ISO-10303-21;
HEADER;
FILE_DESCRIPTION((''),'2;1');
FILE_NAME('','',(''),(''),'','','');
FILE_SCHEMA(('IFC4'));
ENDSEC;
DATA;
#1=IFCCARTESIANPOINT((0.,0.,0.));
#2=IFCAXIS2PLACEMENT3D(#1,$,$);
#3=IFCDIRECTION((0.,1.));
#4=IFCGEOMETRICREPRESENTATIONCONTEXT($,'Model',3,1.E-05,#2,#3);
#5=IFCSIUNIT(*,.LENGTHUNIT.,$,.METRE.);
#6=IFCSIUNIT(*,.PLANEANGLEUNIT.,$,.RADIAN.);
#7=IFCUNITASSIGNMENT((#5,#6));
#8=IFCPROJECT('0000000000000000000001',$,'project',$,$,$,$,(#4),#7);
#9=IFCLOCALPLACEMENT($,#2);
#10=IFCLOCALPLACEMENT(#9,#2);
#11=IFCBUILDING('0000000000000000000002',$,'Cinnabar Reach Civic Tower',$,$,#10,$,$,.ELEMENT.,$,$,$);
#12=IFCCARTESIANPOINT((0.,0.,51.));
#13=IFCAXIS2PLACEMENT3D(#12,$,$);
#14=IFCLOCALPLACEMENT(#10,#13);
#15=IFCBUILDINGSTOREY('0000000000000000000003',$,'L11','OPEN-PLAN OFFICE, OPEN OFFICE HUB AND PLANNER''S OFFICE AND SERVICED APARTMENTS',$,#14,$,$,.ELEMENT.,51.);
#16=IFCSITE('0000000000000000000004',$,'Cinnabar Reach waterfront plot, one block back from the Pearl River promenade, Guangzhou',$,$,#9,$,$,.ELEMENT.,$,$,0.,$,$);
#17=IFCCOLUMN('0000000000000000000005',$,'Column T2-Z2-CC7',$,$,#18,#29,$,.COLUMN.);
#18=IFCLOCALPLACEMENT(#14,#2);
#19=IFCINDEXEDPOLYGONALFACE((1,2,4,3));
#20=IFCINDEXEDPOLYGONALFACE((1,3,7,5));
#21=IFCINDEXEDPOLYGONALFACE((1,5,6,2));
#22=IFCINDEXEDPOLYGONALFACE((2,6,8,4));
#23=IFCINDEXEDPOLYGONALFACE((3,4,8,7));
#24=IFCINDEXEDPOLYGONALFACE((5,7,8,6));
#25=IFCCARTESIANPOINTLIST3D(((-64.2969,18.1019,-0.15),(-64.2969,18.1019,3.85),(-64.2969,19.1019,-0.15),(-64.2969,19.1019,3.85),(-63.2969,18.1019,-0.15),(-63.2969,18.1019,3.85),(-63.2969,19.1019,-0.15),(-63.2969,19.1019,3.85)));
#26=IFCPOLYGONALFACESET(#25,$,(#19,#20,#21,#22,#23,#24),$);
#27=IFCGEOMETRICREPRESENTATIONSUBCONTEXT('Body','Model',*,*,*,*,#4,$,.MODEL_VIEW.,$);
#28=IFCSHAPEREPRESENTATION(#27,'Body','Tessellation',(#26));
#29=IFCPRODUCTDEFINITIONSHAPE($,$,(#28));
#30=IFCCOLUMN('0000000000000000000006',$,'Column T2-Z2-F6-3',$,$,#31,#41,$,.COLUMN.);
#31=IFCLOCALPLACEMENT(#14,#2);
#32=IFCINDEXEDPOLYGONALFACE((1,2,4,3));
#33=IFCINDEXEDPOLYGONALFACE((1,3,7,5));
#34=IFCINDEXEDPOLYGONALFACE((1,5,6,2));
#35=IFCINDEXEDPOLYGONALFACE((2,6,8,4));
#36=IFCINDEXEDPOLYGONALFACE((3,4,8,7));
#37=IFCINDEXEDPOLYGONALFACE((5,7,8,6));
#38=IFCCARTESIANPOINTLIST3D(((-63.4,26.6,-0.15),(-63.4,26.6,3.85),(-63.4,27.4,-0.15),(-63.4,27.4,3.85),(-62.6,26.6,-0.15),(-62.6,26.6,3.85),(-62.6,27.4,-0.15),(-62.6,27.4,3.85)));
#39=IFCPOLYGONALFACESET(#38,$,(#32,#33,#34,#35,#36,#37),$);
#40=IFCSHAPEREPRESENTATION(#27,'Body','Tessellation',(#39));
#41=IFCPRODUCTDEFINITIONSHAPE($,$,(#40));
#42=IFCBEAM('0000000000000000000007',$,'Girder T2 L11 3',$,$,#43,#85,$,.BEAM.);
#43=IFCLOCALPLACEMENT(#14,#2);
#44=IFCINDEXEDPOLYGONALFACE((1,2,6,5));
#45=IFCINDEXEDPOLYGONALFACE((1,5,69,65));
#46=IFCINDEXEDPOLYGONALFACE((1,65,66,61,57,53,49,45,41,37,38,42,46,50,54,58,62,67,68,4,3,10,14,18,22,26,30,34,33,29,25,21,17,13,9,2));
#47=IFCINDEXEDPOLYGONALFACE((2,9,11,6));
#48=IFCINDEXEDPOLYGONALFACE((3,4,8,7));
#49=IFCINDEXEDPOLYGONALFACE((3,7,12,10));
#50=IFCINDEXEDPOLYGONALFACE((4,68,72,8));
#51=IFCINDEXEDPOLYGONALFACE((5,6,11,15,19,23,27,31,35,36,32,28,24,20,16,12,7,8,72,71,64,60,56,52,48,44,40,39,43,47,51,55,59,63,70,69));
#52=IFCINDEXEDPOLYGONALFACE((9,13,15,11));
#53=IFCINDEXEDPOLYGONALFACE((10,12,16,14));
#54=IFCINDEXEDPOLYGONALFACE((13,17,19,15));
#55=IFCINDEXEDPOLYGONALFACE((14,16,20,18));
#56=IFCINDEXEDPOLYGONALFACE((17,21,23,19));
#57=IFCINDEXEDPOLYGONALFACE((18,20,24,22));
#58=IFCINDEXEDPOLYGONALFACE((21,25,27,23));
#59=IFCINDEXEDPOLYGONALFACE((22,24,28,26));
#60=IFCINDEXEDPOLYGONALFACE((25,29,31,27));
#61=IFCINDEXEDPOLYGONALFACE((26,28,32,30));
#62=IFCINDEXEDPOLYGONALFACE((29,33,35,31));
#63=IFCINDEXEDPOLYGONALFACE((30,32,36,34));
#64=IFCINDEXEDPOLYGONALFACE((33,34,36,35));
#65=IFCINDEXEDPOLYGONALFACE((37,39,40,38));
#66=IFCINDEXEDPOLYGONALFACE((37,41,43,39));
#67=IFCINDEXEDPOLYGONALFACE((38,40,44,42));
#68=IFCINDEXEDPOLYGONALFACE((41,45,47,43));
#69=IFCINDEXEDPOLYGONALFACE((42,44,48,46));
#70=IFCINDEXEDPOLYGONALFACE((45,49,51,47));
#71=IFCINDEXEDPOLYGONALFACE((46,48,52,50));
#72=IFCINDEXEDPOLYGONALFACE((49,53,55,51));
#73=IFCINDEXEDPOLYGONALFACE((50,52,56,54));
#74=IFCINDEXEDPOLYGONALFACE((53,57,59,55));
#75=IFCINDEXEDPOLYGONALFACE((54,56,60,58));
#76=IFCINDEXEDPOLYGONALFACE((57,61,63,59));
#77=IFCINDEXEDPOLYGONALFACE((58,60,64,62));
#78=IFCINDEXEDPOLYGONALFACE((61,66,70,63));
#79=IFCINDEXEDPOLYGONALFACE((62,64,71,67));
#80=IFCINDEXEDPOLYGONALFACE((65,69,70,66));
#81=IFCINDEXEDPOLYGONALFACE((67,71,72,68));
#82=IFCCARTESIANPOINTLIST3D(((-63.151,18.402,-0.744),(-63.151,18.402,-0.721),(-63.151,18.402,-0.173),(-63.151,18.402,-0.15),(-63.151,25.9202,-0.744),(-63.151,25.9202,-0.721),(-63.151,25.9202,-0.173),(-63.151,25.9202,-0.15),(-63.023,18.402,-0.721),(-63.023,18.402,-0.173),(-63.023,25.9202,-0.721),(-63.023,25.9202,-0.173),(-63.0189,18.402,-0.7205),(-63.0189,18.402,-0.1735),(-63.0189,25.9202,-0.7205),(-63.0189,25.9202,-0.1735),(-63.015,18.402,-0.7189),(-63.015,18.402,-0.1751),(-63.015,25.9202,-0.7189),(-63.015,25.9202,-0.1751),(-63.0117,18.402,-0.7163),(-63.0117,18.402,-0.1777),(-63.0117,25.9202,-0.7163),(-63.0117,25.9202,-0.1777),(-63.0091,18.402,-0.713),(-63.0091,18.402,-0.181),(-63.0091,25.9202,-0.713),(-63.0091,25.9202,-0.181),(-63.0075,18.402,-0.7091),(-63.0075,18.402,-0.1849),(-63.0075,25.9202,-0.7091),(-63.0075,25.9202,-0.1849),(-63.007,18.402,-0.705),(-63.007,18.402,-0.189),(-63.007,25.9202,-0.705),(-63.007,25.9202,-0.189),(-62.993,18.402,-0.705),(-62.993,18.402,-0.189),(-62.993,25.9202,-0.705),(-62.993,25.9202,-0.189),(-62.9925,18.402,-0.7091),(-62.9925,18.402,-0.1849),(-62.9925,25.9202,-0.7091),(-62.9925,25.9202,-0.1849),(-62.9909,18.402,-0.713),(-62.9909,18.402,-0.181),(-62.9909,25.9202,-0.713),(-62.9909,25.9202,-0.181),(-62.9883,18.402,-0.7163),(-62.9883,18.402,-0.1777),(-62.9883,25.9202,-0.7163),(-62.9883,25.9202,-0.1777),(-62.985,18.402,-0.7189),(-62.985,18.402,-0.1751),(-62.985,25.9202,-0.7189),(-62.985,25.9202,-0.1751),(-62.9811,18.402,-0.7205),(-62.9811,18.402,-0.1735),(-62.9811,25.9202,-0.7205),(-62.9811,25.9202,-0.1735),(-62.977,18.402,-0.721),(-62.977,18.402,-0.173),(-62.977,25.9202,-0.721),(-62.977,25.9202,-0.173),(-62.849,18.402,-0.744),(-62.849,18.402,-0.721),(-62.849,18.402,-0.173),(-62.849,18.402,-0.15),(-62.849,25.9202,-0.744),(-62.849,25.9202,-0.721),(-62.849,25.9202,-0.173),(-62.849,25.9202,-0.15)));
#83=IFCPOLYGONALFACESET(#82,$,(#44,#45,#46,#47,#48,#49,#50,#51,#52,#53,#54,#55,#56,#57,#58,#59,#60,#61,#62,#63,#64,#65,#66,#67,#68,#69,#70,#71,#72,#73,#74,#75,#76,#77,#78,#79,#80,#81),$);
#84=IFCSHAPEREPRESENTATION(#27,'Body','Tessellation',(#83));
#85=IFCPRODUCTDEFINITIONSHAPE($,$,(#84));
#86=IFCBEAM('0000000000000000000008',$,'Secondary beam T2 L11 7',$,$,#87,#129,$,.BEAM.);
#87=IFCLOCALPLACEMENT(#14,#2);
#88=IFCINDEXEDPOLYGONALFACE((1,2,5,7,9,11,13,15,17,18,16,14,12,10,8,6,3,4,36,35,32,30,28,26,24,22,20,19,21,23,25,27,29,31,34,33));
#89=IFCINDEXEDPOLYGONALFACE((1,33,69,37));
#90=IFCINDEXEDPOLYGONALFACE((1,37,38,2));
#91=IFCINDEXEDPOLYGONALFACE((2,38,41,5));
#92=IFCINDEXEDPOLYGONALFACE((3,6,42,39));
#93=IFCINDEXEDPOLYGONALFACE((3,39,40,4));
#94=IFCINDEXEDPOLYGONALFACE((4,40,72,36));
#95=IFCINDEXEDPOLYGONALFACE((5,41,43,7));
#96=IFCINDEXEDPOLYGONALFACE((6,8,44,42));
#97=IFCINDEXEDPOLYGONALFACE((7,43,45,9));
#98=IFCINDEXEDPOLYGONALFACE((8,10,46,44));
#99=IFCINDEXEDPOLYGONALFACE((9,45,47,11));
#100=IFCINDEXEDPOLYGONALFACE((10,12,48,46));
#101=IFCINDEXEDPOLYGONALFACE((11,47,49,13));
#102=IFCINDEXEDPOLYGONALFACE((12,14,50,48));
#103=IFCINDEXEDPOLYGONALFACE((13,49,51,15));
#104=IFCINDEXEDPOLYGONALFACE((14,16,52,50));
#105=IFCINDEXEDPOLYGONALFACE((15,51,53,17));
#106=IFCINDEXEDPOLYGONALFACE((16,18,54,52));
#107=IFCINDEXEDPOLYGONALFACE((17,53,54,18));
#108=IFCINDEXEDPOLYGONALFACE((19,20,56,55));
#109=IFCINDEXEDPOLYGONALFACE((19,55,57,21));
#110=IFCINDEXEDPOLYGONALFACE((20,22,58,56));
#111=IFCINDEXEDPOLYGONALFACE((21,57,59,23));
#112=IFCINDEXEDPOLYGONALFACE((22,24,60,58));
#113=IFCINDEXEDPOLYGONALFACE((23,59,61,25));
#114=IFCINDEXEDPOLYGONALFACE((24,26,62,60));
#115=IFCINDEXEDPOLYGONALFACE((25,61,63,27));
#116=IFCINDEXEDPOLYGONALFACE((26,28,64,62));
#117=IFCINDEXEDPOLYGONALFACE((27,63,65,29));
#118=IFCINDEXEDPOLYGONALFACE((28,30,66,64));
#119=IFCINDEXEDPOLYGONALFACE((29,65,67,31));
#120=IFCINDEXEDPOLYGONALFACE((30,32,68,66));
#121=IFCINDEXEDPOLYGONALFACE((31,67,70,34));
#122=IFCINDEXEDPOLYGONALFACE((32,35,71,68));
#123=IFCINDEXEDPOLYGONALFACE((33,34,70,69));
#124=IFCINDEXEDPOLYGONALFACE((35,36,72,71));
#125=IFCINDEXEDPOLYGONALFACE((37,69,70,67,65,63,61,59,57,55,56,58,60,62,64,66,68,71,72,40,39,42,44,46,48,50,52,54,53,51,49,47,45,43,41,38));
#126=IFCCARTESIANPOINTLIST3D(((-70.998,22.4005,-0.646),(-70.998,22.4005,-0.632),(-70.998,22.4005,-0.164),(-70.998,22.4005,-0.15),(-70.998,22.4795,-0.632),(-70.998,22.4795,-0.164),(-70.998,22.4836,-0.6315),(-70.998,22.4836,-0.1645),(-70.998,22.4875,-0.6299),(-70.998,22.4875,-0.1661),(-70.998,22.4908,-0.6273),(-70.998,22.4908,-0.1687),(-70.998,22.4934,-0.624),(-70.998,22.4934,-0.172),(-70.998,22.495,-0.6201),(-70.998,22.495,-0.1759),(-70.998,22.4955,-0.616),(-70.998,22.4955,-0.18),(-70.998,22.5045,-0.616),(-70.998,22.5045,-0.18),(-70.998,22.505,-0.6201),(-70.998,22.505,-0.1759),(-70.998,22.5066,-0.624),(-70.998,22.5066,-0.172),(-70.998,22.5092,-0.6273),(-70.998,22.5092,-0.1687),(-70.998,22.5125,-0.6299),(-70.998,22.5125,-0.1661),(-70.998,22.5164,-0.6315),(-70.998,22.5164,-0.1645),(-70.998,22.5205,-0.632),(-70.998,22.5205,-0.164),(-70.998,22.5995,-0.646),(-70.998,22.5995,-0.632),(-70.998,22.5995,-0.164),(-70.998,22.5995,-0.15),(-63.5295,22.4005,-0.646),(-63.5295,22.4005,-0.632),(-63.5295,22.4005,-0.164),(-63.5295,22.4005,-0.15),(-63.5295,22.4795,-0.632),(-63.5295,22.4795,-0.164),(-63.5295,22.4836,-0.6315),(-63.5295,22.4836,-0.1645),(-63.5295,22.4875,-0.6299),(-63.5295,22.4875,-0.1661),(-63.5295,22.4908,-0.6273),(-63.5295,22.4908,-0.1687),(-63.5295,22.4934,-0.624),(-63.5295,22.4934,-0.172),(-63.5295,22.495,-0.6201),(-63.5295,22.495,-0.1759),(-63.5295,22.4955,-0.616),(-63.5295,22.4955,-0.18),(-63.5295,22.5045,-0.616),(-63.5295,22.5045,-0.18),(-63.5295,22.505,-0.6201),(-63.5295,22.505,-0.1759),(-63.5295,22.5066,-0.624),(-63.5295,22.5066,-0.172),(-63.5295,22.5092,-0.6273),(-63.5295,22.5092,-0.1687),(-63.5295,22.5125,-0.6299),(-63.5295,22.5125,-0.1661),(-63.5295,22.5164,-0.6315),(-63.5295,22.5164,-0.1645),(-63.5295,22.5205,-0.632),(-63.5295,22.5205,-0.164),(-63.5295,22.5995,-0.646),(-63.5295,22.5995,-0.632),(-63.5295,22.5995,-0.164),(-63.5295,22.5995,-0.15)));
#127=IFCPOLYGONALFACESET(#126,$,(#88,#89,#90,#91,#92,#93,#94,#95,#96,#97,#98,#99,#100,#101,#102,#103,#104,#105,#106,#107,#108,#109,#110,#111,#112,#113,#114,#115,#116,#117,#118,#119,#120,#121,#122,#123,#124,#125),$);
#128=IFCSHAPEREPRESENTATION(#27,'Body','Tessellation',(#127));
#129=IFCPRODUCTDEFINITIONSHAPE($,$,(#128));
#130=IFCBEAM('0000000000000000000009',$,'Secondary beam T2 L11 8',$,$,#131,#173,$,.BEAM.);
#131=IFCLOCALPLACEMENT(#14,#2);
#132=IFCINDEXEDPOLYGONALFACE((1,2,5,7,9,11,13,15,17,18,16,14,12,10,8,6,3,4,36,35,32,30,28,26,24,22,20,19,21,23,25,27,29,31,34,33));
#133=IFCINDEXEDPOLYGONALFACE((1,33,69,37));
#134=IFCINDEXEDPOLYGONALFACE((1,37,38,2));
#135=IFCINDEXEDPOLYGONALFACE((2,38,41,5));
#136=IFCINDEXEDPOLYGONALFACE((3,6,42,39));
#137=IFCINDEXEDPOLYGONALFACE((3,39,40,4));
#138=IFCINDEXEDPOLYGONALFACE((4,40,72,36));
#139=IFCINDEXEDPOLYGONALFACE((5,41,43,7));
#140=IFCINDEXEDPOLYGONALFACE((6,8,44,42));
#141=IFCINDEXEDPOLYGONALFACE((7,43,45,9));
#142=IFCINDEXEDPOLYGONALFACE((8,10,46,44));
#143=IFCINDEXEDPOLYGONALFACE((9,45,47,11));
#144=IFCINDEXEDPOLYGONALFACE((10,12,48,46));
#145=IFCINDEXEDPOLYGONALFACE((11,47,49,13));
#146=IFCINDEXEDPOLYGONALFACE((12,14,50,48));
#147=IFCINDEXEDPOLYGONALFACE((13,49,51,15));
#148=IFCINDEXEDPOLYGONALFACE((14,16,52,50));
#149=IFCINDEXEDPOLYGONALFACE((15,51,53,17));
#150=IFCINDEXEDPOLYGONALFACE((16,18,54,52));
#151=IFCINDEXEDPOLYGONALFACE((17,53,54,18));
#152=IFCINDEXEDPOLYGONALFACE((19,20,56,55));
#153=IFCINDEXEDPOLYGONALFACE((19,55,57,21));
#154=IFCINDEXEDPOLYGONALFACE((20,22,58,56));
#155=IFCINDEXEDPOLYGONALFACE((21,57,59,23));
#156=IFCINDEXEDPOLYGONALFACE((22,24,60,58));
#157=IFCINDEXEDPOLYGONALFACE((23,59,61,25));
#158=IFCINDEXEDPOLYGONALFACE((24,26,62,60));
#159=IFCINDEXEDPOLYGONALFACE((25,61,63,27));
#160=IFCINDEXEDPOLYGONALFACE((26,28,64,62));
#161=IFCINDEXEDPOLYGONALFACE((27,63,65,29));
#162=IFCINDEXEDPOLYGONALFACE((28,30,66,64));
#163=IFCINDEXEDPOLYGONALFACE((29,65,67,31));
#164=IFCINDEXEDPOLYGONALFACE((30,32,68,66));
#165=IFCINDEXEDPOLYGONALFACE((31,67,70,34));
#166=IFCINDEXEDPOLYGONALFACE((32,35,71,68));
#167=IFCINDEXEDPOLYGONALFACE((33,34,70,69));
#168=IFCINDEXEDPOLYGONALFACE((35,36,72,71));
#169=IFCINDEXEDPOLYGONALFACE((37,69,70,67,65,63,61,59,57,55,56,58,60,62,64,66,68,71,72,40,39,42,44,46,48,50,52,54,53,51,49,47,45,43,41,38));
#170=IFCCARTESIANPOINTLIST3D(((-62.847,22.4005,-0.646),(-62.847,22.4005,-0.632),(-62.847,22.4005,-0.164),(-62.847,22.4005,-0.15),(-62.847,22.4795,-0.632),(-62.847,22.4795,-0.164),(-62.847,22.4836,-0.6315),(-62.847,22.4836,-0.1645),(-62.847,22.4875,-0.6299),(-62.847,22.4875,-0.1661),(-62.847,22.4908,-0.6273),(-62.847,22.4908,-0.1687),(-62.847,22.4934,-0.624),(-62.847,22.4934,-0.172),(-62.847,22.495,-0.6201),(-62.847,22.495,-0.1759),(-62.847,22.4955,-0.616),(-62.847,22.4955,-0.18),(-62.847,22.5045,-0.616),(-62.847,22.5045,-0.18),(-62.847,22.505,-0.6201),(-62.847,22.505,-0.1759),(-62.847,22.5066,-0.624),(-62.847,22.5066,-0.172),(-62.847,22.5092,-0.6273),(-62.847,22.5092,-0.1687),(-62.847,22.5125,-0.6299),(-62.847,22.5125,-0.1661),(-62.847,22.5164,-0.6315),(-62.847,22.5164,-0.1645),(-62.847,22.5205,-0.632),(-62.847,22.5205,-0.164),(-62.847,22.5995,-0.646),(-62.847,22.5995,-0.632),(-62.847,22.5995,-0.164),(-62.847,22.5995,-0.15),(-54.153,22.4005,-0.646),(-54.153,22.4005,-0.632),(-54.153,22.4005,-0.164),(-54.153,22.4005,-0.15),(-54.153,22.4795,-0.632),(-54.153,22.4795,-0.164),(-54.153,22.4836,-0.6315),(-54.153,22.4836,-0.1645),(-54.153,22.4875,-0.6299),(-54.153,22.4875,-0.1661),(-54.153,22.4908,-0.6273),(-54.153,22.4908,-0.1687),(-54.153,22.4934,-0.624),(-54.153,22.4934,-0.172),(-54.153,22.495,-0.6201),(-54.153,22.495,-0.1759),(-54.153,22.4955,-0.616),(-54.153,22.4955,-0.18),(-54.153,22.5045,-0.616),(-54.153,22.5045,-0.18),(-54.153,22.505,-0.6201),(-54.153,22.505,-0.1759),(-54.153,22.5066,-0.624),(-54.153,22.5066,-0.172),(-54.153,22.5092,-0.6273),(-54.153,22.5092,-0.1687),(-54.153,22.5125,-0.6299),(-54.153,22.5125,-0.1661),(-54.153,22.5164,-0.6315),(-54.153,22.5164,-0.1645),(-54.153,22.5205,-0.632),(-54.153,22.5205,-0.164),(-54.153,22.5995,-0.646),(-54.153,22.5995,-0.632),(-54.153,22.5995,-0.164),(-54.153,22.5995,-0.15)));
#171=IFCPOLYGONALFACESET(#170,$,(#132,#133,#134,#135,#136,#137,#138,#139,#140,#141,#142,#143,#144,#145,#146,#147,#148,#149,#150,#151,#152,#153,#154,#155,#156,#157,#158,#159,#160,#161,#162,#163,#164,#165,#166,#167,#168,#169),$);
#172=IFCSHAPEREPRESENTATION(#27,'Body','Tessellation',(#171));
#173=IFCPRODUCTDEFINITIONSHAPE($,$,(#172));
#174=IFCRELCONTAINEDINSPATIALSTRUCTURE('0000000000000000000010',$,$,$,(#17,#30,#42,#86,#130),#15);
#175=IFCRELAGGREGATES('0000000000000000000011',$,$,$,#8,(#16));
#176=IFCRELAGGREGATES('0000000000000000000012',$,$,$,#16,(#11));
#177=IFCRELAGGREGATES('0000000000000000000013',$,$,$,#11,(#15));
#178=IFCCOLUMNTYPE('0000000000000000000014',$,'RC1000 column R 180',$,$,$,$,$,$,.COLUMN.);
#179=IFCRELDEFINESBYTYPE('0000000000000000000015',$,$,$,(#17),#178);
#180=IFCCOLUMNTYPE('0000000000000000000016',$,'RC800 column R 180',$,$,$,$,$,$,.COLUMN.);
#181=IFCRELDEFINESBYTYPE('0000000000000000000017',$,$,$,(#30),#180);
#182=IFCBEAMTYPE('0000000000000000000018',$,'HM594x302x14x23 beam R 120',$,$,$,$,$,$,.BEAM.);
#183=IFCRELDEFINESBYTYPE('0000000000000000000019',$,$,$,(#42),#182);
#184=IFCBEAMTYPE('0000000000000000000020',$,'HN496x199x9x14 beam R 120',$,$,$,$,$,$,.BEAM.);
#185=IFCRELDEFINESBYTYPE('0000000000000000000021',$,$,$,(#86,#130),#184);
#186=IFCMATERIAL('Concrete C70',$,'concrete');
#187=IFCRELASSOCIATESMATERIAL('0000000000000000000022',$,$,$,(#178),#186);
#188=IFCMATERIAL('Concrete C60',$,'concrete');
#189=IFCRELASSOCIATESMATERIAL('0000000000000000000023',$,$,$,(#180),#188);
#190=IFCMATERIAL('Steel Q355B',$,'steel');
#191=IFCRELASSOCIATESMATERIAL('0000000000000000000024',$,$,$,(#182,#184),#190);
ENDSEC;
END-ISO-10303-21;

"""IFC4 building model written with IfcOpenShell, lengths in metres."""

from ifc_helpers import new_model, si_unit, direction, frame, origin, origin_2d, place, context, subcontext, project, spatial, rectangle, i_section, extrude, material, material_profile, profile_set, type_object, element, save


model = new_model("IFC4")

# Units and contexts
model_context = context("Model", 3, precision=1e-05, world=origin(), true_north=direction((0.0, 1.0)))
body_context = subcontext(model_context, "Body", "Model", "MODEL_VIEW")
ifc_project = project(units=[si_unit("LENGTHUNIT", "METRE"), si_unit("PLANEANGLEUNIT", "RADIAN")], contexts=[model_context])

# Site, building, storey
site_placement = place(None, origin())
site = spatial("IfcSite", under=ifc_project, at=site_placement, Name="Cinnabar Reach waterfront plot, one block back from the Pearl River promenade, Guangzhou", CompositionType="ELEMENT", RefElevation=0.0)
building_placement = place(site_placement, origin())
building = spatial("IfcBuilding", under=site, at=building_placement, Name="Cinnabar Reach Civic Tower", CompositionType="ELEMENT")
storey_placement = place(building_placement, frame((0.0, 0.0, 51.0)))
storey = spatial("IfcBuildingStorey", under=building, at=storey_placement, Name="L11", Description="OPEN-PLAN OFFICE, OPEN OFFICE HUB AND PLANNER'S OFFICE AND SERVICED APARTMENTS", CompositionType="ELEMENT", Elevation=51.0)

# Columns
ifc_material_1 = material(Name="Concrete C70", Category="concrete")
ifc_material_profile_1 = material_profile(ifc_material_1, rectangle(XDim=1.0, YDim=1.0, at=origin_2d()), Name="RC1000")
ifc_profile_set_1 = profile_set([ifc_material_profile_1], Name="Concrete C70")
column_type_1 = type_object("IfcColumnType", Name="RC1000 column R 180", PredefinedType="COLUMN", material=ifc_profile_set_1)
column_1_placement = place(storey_placement, frame((-63.7969, 18.6019, -0.15), z_axis=(0.0, 0.0, 1.0), x_axis=(1.0, 0.0, 0.0)))
element("IfcColumn", 1, at=column_1_placement, inside=storey, type_object=column_type_1, Name="Column T2-Z2-CC7", PredefinedType="COLUMN", context=body_context, shape_type="SweptSolid", body=[
    extrude(rectangle(XDim=1.0, YDim=1.0, at=origin_2d()), origin(), (0.0, 0.0, 1.0), 4.0),
])
ifc_material_2 = material(Name="Concrete C60", Category="concrete")
ifc_material_profile_2 = material_profile(ifc_material_2, rectangle(XDim=0.8, YDim=0.8, at=origin_2d()), Name="RC800")
ifc_profile_set_2 = profile_set([ifc_material_profile_2], Name="Concrete C60")
column_type_2 = type_object("IfcColumnType", Name="RC800 column R 180", PredefinedType="COLUMN", material=ifc_profile_set_2)
column_2_placement = place(storey_placement, frame((-63.0, 27.0, -0.15), z_axis=(0.0, 0.0, 1.0), x_axis=(1.0, 0.0, 0.0)))
element("IfcColumn", 2, at=column_2_placement, inside=storey, type_object=column_type_2, Name="Column T2-Z2-F6-3", PredefinedType="COLUMN", context=body_context, shape_type="SweptSolid", body=[
    extrude(rectangle(XDim=0.8, YDim=0.8, at=origin_2d()), origin(), (0.0, 0.0, 1.0), 4.0),
])

# Beams
ifc_material_3 = material(Name="Steel Q355B", Category="steel")
ifc_material_profile_3 = material_profile(ifc_material_3, i_section(OverallWidth=0.302, OverallDepth=0.594, WebThickness=0.014, FlangeThickness=0.023, FilletRadius=0.016, at=origin_2d()), Name="HM594x302x14x23")
ifc_profile_set_3 = profile_set([ifc_material_profile_3], Name="Steel Q355B")
beam_type_1 = type_object("IfcBeamType", Name="HM594x302x14x23 beam R 120", PredefinedType="BEAM", material=ifc_profile_set_3)
beam_1_placement = place(storey_placement, frame((-63.0, 18.402, -0.447), z_axis=(0.0, 1.0, 0.0), x_axis=(-1.0, 0.0, 0.0)))
element("IfcBeam", 3, at=beam_1_placement, inside=storey, type_object=beam_type_1, Name="Girder T2 L11 3", PredefinedType="BEAM", context=body_context, shape_type="SweptSolid", body=[
    extrude(i_section(OverallWidth=0.302, OverallDepth=0.594, WebThickness=0.014, FlangeThickness=0.023, FilletRadius=0.016, at=origin_2d()), origin(), (0.0, 0.0, 1.0), 7.5182),
])
ifc_material_profile_4 = material_profile(ifc_material_3, i_section(OverallWidth=0.199, OverallDepth=0.496, WebThickness=0.009, FlangeThickness=0.014, FilletRadius=0.016, at=origin_2d()), Name="HN496x199x9x14")
ifc_profile_set_4 = profile_set([ifc_material_profile_4], Name="Steel Q355B")
beam_type_2 = type_object("IfcBeamType", Name="HN496x199x9x14 beam R 120", PredefinedType="BEAM", material=ifc_profile_set_4)
beam_2_placement = place(storey_placement, frame((-70.998, 22.5, -0.398), z_axis=(1.0, 0.0, 0.0), x_axis=(0.0, 1.0, 0.0)))
element("IfcBeam", 4, at=beam_2_placement, inside=storey, type_object=beam_type_2, Name="Secondary beam T2 L11 7", PredefinedType="BEAM", context=body_context, shape_type="SweptSolid", body=[
    extrude(i_section(OverallWidth=0.199, OverallDepth=0.496, WebThickness=0.009, FlangeThickness=0.014, FilletRadius=0.016, at=origin_2d()), origin(), (0.0, 0.0, 1.0), 7.4685),
])
beam_3_placement = place(storey_placement, frame((-62.847, 22.5, -0.398), z_axis=(1.0, 0.0, 0.0), x_axis=(0.0, 1.0, 0.0)))
element("IfcBeam", 5, at=beam_3_placement, inside=storey, type_object=beam_type_2, Name="Secondary beam T2 L11 8", PredefinedType="BEAM", context=body_context, shape_type="SweptSolid", body=[
    extrude(i_section(OverallWidth=0.199, OverallDepth=0.496, WebThickness=0.009, FlangeThickness=0.014, FilletRadius=0.016, at=origin_2d()), origin(), (0.0, 0.0, 1.0), 8.694),
])

save(model, "model.ifc")
